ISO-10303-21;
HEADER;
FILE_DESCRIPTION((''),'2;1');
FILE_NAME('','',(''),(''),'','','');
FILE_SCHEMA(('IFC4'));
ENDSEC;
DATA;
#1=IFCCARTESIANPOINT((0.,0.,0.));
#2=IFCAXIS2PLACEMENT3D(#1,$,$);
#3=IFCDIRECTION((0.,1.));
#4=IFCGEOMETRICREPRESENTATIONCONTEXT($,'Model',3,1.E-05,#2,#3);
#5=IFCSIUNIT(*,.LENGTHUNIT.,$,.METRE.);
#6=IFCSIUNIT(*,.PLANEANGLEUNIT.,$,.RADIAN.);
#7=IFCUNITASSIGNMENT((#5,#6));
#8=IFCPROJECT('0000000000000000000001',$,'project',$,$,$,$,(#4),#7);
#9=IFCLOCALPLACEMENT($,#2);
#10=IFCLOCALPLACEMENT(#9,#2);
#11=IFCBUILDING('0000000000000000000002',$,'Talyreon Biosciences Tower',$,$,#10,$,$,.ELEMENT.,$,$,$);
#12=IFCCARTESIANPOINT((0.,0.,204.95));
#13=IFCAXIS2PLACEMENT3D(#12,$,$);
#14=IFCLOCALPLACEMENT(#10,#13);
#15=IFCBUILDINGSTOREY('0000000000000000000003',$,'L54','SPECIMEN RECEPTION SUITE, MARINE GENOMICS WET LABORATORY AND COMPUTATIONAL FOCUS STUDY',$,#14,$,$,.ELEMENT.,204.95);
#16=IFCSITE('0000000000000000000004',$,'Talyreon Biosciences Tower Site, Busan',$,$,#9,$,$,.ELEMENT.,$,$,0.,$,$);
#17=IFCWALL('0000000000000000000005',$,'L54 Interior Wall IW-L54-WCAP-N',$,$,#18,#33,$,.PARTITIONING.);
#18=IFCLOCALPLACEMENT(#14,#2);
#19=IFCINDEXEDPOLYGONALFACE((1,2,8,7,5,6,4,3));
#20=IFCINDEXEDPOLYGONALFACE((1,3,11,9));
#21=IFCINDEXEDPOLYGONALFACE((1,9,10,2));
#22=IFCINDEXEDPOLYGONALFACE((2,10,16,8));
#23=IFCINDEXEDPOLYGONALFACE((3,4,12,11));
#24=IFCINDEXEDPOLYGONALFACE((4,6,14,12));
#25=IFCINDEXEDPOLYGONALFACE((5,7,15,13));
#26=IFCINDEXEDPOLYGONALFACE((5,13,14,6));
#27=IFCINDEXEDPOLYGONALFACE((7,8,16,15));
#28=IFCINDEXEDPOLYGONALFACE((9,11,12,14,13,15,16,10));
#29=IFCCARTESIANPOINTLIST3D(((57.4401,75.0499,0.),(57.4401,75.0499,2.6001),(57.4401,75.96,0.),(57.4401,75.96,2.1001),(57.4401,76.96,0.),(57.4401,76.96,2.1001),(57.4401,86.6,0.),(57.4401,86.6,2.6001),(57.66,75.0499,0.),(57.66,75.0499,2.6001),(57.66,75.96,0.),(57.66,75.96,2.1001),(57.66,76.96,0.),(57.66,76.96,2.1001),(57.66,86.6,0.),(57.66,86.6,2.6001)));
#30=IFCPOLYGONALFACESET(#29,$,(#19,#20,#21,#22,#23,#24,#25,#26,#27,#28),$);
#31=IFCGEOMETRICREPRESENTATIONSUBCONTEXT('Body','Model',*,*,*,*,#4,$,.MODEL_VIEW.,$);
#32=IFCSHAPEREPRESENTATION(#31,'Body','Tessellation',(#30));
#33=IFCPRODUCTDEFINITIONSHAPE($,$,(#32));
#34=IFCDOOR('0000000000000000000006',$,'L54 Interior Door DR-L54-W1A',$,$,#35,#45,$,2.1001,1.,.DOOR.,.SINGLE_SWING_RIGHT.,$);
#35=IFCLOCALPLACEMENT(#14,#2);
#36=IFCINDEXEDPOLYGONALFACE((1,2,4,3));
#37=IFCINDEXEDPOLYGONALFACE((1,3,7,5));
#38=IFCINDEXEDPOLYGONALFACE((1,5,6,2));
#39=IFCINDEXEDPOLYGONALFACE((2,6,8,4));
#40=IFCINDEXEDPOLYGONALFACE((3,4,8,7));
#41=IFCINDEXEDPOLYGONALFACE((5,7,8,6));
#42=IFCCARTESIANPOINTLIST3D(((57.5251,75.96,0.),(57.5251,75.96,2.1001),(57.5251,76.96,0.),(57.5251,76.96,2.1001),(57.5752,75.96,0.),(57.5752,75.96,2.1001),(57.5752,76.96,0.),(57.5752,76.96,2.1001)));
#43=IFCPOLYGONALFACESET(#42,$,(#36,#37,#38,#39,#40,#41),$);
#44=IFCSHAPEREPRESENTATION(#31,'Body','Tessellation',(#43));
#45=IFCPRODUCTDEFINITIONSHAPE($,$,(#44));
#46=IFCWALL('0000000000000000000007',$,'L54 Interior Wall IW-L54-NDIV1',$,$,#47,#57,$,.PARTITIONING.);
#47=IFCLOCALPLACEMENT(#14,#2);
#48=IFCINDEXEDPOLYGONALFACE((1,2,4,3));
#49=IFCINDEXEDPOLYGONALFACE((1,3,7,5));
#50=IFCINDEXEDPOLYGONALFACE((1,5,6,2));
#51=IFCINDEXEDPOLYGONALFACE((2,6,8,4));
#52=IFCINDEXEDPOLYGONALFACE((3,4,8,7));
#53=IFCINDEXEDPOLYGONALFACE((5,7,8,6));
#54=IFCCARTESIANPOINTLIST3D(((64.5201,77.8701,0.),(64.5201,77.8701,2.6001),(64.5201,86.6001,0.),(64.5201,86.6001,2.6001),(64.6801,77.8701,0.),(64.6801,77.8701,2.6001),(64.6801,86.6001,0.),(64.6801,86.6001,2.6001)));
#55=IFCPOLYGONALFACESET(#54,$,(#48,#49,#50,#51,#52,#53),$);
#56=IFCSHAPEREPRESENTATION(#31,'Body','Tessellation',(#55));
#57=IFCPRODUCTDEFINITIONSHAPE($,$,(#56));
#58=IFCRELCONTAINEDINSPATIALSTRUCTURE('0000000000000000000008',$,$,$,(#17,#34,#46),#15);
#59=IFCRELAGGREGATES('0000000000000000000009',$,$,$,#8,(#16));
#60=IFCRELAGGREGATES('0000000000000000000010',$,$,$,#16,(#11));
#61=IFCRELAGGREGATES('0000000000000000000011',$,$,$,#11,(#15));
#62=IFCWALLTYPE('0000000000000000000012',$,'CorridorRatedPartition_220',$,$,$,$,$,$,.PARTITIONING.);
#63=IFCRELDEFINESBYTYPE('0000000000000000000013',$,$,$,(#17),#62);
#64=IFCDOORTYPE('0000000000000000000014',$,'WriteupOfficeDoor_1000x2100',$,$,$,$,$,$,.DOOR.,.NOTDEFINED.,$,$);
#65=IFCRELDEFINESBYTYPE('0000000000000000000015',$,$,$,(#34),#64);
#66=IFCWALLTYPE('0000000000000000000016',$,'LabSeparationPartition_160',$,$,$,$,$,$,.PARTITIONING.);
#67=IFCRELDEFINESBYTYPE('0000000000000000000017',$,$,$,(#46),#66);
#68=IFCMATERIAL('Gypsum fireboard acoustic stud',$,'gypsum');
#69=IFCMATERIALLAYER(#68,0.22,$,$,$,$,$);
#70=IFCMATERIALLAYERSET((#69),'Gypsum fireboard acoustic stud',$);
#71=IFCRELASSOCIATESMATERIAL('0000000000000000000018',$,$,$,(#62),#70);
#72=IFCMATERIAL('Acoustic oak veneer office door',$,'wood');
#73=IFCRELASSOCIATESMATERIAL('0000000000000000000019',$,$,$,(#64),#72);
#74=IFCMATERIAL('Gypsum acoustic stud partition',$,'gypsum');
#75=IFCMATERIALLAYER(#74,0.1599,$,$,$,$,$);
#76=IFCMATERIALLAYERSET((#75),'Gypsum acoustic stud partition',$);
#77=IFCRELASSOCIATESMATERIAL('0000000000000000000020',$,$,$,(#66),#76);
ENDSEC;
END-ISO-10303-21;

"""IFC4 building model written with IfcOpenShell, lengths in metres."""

from ifc_helpers import new_model, si_unit, direction, frame, frame_2d, origin, place, context, subcontext, project, spatial, rectangle, extrude, material, layer, layer_set, type_object, element, fill, save


model = new_model("IFC4")

# Units and contexts
model_context = context("Model", 3, precision=1e-05, world=origin(), true_north=direction((0.0, 1.0)))
body_context = subcontext(model_context, "Body", "Model", "MODEL_VIEW")
ifc_project = project(units=[si_unit("LENGTHUNIT", "METRE"), si_unit("PLANEANGLEUNIT", "RADIAN")], contexts=[model_context])

# Site, building, storey
site_placement = place(None, origin())
site = spatial("IfcSite", under=ifc_project, at=site_placement, Name="Talyreon Biosciences Tower Site, Busan", CompositionType="ELEMENT", RefElevation=0.0)
building_placement = place(site_placement, origin())
building = spatial("IfcBuilding", under=site, at=building_placement, Name="Talyreon Biosciences Tower", CompositionType="ELEMENT")
storey_placement = place(building_placement, frame((0.0, 0.0, 204.95)))
storey = spatial("IfcBuildingStorey", under=building, at=storey_placement, Name="L54", Description="SPECIMEN RECEPTION SUITE, MARINE GENOMICS WET LABORATORY AND COMPUTATIONAL FOCUS STUDY", CompositionType="ELEMENT", Elevation=204.95)

# Shared definitions
ifc_material_1 = material(Name="Gypsum fireboard acoustic stud", Category="gypsum")
ifc_layer_1 = layer(ifc_material_1, 0.22)
ifc_layer_set_1 = layer_set([ifc_layer_1], Name="Gypsum fireboard acoustic stud")
wall_type_1 = type_object("IfcWallType", Name="CorridorRatedPartition_220", PredefinedType="PARTITIONING", material=ifc_layer_set_1)
ifc_material_2 = material(Name="Acoustic oak veneer office door", Category="wood")
door_type_1 = type_object("IfcDoorType", Name="WriteupOfficeDoor_1000x2100", OperationType="NOTDEFINED", PredefinedType="DOOR", material=ifc_material_2)

# Wall, opening, door
wall_1_placement = place(storey_placement, frame((57.55, 75.05, 0.0), z_axis=(0.0, 0.0, 1.0), x_axis=(0.0, 1.0, 0.0)))
wall_1 = element("IfcWall", 1, at=wall_1_placement, inside=storey, type_object=wall_type_1, Name="L54 Interior Wall IW-L54-WCAP-N", PredefinedType="PARTITIONING", context=body_context, shape_type="SweptSolid", body=[
    extrude(rectangle(XDim=11.55, YDim=0.22, at=frame_2d((5.7749, 0.0))), origin(), (0.0, 0.0, 1.0), 2.6001),
])
opening_1_placement = place(wall_1_placement, frame((0.9099, 0.0, 0.0)))
opening_1 = element("IfcOpeningElement", 2, at=opening_1_placement, cuts=wall_1, PredefinedType="OPENING", context=body_context, shape_type="SweptSolid", body=[
    extrude(rectangle(XDim=1.0, YDim=2.1001, at=frame_2d((0.5, 1.05))), frame((0.0, 0.1199, 0.0), z_axis=(0.0, -1.0, 0.0), x_axis=(1.0, 0.0, 0.0)), (0.0, 0.0, 1.0), 0.24),
])
door_1_placement = place(opening_1_placement, origin())
door_1 = element("IfcDoor", 3, at=door_1_placement, inside=storey, type_object=door_type_1, Name="L54 Interior Door DR-L54-W1A", OperationType="SINGLE_SWING_RIGHT", OverallHeight=2.1001, OverallWidth=1.0, PredefinedType="DOOR", context=body_context, shape_type="SweptSolid", body=[
    extrude(rectangle(XDim=1.0, YDim=2.1001, at=frame_2d((0.5, 1.05))), frame((0.0, 0.0249, 0.0), z_axis=(0.0, -1.0, 0.0), x_axis=(1.0, 0.0, 0.0)), (0.0, 0.0, 1.0), 0.05),
])
fill(opening_1, door_1)

# Wall
ifc_material_3 = material(Name="Gypsum acoustic stud partition", Category="gypsum")
ifc_layer_2 = layer(ifc_material_3, 0.1599)
ifc_layer_set_2 = layer_set([ifc_layer_2], Name="Gypsum acoustic stud partition")
wall_type_2 = type_object("IfcWallType", Name="LabSeparationPartition_160", PredefinedType="PARTITIONING", material=ifc_layer_set_2)
wall_2_placement = place(storey_placement, frame((64.6001, 77.8701, 0.0), z_axis=(0.0, 0.0, 1.0), x_axis=(0.0, 1.0, 0.0)))
element("IfcWall", 4, at=wall_2_placement, inside=storey, type_object=wall_type_2, Name="L54 Interior Wall IW-L54-NDIV1", PredefinedType="PARTITIONING", context=body_context, shape_type="SweptSolid", body=[
    extrude(rectangle(XDim=8.73, YDim=0.1599, at=frame_2d((4.365, 0.0))), origin(), (0.0, 0.0, 1.0), 2.6001),
])

save(model, "model.ifc")
